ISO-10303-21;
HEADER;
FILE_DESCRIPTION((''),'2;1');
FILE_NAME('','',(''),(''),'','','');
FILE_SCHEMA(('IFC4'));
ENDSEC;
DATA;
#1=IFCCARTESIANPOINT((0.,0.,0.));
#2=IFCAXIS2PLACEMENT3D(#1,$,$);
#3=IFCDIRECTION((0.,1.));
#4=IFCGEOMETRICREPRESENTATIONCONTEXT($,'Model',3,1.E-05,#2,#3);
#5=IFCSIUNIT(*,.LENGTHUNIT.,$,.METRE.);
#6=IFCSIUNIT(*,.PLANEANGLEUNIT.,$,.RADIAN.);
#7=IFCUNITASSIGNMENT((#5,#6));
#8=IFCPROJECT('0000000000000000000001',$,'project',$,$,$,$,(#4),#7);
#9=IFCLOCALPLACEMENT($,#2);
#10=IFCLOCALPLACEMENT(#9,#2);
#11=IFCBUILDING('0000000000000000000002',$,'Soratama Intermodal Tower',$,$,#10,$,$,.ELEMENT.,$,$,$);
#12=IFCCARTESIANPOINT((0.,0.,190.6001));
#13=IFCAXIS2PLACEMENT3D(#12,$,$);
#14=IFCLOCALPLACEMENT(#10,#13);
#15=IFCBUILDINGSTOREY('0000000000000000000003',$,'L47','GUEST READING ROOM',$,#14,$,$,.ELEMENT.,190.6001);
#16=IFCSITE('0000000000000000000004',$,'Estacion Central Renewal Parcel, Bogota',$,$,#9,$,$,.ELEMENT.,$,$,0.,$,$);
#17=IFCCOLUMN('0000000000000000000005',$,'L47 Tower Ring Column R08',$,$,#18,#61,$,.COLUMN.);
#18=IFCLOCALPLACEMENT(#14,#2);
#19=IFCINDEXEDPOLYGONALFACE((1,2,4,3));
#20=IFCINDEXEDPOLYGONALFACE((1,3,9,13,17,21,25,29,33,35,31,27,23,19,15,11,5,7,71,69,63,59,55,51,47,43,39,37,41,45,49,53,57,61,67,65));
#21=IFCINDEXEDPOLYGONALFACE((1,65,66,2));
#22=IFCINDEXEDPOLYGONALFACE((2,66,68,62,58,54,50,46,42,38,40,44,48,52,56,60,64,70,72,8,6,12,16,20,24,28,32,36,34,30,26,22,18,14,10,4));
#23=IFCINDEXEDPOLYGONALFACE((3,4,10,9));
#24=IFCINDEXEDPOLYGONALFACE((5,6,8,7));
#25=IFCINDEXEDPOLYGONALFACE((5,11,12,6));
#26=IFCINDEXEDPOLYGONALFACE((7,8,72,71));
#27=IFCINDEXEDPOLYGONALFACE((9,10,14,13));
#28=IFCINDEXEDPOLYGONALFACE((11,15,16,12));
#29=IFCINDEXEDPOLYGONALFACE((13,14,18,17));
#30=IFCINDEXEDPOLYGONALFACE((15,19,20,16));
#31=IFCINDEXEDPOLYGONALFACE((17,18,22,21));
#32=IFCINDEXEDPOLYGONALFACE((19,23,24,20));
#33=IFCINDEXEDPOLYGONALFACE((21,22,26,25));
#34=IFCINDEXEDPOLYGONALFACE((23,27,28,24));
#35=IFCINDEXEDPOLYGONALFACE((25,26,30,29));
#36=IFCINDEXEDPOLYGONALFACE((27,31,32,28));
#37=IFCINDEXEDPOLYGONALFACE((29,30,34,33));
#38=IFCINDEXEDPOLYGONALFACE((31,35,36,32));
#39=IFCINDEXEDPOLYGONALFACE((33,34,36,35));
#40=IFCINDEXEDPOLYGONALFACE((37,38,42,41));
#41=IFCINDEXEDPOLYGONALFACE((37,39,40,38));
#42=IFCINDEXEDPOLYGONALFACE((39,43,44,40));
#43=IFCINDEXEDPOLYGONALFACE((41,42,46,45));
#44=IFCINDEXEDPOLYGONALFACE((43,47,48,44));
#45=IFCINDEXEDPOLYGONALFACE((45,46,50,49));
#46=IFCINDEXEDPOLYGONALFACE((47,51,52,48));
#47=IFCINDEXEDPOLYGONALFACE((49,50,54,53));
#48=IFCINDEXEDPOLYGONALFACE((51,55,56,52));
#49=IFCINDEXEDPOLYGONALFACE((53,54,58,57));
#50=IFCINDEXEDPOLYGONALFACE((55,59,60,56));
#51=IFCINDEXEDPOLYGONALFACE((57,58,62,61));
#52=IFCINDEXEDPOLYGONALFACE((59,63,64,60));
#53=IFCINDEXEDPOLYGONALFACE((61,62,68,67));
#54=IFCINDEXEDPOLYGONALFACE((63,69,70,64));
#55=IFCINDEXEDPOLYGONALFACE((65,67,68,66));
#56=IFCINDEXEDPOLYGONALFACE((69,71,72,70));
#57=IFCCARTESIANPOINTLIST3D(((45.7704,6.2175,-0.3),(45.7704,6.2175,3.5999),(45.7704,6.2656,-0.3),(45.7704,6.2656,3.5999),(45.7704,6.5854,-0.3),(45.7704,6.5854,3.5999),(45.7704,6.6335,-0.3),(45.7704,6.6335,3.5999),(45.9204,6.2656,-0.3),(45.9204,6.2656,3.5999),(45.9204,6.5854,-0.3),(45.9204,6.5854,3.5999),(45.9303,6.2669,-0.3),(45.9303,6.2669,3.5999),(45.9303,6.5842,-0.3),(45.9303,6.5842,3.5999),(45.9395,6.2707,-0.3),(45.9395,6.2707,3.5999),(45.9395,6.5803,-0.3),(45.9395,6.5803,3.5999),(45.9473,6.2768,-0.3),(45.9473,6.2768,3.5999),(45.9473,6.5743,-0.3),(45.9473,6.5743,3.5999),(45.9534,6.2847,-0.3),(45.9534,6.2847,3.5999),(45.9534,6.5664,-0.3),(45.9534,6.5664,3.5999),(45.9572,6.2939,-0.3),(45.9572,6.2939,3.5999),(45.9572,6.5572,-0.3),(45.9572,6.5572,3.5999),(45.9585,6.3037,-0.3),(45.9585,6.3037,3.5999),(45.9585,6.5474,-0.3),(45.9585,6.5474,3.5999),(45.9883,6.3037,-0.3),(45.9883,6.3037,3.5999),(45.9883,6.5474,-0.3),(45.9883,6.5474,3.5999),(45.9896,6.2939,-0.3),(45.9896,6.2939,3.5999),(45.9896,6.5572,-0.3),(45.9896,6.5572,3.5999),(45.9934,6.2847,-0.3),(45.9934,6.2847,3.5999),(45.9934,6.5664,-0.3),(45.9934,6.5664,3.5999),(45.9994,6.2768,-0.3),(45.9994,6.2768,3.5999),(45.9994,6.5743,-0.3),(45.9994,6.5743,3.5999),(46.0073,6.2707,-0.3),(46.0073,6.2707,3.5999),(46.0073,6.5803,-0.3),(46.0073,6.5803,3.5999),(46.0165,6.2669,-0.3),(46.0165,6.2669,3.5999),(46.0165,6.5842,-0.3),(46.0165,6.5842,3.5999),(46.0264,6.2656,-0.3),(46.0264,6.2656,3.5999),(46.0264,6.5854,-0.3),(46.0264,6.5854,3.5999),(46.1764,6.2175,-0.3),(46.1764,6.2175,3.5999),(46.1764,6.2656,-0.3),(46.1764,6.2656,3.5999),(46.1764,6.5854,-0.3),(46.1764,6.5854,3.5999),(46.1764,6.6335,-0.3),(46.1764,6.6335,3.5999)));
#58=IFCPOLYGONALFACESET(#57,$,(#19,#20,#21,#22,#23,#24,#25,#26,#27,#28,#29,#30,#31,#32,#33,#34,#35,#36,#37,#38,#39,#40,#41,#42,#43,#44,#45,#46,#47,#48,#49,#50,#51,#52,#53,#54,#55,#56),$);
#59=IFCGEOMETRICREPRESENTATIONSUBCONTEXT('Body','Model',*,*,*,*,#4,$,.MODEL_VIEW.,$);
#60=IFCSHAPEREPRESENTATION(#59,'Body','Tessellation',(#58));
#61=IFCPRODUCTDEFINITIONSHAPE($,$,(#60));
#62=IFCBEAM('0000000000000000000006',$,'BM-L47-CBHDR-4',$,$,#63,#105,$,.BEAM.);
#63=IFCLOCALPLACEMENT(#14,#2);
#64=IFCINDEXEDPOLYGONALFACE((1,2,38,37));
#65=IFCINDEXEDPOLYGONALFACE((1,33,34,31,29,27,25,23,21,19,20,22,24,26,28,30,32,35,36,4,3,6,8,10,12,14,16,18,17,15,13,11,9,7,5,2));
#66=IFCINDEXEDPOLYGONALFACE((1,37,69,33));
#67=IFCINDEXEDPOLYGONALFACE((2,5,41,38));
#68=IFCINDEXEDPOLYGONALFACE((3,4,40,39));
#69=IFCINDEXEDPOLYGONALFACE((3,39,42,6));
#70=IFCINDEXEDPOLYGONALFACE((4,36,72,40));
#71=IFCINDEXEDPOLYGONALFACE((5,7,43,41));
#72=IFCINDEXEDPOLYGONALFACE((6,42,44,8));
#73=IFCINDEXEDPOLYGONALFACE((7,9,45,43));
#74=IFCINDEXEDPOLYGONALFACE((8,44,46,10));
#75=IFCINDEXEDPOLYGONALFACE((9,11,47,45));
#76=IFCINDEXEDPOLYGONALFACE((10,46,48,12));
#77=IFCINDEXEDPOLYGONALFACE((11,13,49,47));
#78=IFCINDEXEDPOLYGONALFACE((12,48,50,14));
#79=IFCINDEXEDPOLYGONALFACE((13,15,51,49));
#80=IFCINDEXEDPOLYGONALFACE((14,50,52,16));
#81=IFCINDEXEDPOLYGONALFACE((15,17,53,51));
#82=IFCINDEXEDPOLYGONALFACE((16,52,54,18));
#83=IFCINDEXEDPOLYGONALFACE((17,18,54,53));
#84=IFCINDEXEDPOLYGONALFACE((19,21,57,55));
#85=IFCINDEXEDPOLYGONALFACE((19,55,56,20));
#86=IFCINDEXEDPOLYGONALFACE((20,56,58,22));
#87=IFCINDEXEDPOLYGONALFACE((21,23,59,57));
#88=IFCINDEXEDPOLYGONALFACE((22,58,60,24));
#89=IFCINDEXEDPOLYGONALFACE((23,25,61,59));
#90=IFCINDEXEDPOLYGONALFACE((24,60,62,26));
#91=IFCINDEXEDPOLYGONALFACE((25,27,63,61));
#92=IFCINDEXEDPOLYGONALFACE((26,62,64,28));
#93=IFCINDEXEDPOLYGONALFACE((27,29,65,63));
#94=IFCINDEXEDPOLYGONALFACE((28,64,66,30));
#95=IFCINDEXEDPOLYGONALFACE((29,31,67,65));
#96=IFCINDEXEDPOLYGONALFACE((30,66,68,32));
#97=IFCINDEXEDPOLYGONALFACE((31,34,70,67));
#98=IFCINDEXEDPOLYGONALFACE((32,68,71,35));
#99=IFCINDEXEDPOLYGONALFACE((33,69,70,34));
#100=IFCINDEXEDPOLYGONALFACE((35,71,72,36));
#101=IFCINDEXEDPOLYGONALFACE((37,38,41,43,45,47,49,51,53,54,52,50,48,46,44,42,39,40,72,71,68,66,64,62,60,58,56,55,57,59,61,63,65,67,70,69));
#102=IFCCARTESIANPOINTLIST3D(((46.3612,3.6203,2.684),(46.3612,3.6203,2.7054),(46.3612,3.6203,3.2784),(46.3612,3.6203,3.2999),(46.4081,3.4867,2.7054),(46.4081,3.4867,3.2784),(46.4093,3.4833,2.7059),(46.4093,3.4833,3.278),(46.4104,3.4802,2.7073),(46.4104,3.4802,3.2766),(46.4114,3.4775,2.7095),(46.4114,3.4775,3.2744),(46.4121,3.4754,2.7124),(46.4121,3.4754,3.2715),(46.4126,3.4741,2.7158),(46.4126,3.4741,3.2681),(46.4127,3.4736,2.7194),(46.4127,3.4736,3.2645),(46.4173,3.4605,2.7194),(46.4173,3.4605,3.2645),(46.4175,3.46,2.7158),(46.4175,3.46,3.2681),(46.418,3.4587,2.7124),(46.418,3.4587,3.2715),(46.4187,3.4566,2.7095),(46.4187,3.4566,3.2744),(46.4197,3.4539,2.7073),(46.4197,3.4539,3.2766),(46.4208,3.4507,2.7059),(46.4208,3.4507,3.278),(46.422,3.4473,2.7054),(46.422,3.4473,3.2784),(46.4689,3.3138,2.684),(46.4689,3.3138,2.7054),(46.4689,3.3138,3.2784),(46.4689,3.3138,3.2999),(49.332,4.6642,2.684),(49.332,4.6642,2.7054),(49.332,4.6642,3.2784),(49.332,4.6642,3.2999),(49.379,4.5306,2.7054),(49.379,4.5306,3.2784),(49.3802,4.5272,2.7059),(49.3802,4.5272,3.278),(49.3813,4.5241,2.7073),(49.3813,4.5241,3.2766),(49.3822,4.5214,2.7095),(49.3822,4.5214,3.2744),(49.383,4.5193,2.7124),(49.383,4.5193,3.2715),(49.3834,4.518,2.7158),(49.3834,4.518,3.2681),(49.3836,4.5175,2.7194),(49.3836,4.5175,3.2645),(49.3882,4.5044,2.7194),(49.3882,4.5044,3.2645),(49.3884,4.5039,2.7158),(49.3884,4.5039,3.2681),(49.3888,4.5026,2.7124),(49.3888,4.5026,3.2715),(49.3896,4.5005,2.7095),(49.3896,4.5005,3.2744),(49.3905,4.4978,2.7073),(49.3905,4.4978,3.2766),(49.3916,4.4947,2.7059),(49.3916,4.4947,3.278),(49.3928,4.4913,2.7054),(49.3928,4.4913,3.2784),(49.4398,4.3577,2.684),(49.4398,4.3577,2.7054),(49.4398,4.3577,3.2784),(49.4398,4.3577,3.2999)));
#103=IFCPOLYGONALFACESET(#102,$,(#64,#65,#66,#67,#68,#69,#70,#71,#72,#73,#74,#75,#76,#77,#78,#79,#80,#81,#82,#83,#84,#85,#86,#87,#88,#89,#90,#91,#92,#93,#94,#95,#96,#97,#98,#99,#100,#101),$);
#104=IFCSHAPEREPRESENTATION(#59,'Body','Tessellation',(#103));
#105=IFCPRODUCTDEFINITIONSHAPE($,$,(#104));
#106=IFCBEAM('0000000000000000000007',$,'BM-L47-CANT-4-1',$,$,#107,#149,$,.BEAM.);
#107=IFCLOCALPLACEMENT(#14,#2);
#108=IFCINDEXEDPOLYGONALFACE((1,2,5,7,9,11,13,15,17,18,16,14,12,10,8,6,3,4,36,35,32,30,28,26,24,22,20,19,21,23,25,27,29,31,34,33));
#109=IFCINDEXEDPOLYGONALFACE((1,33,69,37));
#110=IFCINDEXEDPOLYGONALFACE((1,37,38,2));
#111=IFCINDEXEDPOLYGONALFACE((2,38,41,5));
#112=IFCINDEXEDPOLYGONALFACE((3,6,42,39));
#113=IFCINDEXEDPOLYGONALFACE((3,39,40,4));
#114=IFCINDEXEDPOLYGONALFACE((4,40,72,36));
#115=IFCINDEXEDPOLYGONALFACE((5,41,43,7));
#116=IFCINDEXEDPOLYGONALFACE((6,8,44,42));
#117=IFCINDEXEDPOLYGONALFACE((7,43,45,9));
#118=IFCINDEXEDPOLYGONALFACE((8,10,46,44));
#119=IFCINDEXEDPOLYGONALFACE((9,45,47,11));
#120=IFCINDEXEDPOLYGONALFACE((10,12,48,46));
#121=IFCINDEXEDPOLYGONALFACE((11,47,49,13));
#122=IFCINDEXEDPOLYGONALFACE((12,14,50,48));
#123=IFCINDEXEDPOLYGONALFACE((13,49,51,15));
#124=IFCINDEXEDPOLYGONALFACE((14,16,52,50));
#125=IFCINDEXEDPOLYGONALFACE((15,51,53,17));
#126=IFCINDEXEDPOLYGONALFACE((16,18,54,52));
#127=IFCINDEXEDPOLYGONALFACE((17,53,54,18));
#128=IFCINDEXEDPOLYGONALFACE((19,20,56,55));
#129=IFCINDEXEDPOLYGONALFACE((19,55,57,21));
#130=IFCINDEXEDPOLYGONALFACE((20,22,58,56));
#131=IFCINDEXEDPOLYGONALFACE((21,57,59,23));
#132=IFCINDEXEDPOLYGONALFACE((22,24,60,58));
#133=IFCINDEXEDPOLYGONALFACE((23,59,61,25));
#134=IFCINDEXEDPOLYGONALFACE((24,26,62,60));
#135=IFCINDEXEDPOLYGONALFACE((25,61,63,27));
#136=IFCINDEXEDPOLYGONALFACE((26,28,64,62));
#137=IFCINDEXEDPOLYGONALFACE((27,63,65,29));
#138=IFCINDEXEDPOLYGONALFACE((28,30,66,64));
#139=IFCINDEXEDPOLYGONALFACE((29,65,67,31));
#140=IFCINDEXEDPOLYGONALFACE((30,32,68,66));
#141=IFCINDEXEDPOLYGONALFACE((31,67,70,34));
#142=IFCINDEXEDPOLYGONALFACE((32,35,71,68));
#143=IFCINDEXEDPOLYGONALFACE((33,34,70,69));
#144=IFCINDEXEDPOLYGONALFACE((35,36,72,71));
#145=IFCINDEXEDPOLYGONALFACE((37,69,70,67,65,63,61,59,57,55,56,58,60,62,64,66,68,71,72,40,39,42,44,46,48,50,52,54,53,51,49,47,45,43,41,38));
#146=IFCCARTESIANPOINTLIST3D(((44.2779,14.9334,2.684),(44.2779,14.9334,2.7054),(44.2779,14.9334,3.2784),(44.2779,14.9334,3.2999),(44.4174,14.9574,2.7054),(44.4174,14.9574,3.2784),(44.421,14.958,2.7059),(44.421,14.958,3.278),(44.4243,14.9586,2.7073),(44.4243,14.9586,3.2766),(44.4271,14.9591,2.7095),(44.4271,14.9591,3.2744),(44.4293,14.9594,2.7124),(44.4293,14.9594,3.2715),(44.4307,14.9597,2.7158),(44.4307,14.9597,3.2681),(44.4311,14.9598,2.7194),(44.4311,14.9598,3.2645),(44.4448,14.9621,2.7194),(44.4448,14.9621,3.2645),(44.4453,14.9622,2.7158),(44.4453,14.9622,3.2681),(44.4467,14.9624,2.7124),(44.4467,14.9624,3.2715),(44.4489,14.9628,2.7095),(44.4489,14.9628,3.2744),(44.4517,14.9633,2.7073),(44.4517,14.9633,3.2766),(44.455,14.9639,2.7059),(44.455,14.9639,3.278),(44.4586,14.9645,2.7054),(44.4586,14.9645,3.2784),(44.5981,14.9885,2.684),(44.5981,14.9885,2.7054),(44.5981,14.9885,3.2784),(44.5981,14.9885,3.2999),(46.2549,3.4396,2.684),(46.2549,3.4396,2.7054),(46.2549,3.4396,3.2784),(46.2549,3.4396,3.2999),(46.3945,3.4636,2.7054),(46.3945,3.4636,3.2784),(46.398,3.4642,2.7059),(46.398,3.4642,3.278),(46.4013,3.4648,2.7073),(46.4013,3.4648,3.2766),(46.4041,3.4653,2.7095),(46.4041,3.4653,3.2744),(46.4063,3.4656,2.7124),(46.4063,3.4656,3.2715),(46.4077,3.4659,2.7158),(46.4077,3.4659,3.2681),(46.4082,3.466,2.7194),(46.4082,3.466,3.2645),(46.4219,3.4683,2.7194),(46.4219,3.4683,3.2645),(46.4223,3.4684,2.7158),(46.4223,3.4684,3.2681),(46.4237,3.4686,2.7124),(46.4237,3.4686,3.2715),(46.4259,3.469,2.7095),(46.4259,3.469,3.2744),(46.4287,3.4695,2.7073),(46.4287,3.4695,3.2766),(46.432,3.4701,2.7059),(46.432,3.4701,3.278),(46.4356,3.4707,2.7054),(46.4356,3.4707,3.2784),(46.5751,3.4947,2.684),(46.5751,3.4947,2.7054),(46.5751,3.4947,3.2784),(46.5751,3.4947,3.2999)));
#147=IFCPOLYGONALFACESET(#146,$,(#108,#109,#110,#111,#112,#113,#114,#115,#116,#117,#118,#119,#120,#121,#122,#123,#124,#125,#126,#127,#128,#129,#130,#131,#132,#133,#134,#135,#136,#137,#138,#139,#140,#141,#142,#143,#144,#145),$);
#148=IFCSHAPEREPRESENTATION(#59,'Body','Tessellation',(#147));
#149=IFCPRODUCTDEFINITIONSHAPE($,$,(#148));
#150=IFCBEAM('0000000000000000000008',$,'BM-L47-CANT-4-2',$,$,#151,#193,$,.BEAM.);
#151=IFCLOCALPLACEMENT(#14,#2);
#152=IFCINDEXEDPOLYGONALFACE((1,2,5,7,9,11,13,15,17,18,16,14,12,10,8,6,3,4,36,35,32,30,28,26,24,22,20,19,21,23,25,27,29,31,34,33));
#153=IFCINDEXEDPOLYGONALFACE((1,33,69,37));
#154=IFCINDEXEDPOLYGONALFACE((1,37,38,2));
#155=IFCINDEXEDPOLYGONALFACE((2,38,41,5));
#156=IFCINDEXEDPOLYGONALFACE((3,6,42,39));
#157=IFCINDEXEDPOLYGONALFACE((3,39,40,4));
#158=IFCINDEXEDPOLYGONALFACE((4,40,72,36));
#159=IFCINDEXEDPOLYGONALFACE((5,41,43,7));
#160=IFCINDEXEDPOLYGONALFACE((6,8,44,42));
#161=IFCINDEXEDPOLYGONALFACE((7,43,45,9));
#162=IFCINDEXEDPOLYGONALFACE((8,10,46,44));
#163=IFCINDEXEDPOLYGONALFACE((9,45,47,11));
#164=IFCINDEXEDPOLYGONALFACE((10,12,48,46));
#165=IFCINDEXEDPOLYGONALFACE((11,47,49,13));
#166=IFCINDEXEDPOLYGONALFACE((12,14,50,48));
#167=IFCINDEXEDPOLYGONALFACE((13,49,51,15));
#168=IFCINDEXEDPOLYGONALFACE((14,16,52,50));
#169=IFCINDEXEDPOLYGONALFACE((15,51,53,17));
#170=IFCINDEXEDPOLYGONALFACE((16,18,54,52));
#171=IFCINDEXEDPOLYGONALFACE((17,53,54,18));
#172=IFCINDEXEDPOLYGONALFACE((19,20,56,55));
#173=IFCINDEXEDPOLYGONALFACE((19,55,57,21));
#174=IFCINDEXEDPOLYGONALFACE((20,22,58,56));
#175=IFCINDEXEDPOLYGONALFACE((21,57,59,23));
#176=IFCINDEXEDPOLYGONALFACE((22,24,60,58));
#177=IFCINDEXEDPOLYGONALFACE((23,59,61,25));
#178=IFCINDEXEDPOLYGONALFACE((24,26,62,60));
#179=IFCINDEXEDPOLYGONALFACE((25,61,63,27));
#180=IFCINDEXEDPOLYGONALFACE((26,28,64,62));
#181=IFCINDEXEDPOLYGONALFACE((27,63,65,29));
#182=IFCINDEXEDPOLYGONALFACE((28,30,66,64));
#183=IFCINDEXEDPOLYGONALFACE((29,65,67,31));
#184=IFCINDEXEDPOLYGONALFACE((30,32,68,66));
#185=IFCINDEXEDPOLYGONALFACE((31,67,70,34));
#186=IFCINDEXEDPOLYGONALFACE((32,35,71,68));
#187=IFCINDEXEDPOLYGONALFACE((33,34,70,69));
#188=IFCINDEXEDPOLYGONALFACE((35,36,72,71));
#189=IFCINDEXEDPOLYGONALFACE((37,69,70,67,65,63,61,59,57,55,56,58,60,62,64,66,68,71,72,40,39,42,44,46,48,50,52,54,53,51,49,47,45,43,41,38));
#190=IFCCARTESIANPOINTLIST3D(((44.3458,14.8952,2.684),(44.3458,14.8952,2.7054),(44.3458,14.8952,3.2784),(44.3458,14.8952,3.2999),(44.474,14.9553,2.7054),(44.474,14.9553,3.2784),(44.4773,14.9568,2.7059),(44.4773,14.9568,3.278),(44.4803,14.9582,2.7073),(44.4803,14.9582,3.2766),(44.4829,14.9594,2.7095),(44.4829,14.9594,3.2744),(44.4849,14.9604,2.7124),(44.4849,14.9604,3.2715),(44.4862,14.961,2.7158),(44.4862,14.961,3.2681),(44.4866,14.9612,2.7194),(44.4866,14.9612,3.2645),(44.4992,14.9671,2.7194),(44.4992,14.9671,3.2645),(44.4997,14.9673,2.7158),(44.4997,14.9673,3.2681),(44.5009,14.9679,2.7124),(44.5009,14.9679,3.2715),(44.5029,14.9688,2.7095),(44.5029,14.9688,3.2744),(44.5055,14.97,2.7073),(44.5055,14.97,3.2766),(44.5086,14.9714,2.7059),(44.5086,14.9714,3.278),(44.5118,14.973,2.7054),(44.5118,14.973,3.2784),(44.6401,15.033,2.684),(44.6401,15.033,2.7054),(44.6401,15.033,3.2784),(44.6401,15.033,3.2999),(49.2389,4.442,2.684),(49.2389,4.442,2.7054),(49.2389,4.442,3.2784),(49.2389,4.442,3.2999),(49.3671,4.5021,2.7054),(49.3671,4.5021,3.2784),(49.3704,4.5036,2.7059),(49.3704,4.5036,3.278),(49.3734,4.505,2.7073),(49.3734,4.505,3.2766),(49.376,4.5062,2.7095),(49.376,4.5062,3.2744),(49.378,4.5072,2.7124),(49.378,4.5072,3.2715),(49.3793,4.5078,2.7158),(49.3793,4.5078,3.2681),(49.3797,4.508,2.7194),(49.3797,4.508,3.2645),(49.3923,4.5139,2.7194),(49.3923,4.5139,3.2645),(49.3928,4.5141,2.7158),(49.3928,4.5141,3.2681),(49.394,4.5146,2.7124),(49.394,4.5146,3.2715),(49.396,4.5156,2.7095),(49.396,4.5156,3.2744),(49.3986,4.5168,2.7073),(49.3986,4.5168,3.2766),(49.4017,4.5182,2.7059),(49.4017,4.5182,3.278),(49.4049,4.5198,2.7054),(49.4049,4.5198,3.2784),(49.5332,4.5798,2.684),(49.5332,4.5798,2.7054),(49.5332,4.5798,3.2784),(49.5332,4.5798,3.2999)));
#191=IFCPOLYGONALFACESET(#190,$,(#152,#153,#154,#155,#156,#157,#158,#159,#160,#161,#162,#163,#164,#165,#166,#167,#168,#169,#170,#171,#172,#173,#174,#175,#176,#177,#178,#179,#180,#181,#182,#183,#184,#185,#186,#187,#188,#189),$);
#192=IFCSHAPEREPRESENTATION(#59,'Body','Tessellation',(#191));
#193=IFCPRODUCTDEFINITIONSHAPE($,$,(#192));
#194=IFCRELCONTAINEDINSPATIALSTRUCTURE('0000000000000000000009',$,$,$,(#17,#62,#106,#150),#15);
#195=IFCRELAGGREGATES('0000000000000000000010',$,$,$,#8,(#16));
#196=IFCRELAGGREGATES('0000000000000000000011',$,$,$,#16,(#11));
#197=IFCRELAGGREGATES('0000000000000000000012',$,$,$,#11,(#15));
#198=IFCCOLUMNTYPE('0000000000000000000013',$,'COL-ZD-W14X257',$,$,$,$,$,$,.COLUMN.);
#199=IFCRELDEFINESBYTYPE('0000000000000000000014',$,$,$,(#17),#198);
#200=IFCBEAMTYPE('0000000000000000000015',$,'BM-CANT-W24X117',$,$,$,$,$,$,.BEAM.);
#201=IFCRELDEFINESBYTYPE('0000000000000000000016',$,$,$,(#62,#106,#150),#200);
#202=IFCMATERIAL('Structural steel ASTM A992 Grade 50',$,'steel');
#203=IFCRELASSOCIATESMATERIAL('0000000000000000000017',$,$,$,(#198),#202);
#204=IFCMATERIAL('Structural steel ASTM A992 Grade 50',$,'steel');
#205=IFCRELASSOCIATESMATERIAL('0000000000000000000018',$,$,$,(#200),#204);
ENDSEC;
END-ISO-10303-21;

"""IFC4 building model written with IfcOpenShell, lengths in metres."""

from ifc_helpers import new_model, si_unit, direction, frame, origin, origin_2d, place, context, subcontext, project, spatial, i_section, extrude, material, material_profile, profile_set, type_object, element, save


model = new_model("IFC4")

# Units and contexts
model_context = context("Model", 3, precision=1e-05, world=origin(), true_north=direction((0.0, 1.0)))
body_context = subcontext(model_context, "Body", "Model", "MODEL_VIEW")
ifc_project = project(units=[si_unit("LENGTHUNIT", "METRE"), si_unit("PLANEANGLEUNIT", "RADIAN")], contexts=[model_context])

# Site, building, storey
site_placement = place(None, origin())
site = spatial("IfcSite", under=ifc_project, at=site_placement, Name="Estacion Central Renewal Parcel, Bogota", CompositionType="ELEMENT", RefElevation=0.0)
building_placement = place(site_placement, origin())
building = spatial("IfcBuilding", under=site, at=building_placement, Name="Soratama Intermodal Tower", CompositionType="ELEMENT")
storey_placement = place(building_placement, frame((0.0, 0.0, 190.6001)))
storey = spatial("IfcBuildingStorey", under=building, at=storey_placement, Name="L47", Description="GUEST READING ROOM", CompositionType="ELEMENT", Elevation=190.6001)

# Column
ifc_material_1 = material(Name="Structural steel ASTM A992 Grade 50", Category="steel")
ifc_material_profile_1 = material_profile(ifc_material_1, i_section(OverallWidth=0.406, OverallDepth=0.416, WebThickness=0.0298, FlangeThickness=0.0481, FilletRadius=0.0381, at=origin_2d()), Name="W14X257")
ifc_profile_set_1 = profile_set([ifc_material_profile_1], Name="Structural steel ASTM A992 Grade 50")
column_type = type_object("IfcColumnType", Name="COL-ZD-W14X257", PredefinedType="COLUMN", material=ifc_profile_set_1)
column_placement = place(storey_placement, frame((45.9734, 6.4255, -0.3), z_axis=(0.0, 0.0, 1.0), x_axis=(1.0, 0.0, 0.0)))
element("IfcColumn", 1, at=column_placement, inside=storey, type_object=column_type, Name="L47 Tower Ring Column R08", PredefinedType="COLUMN", context=body_context, shape_type="SweptSolid", body=[
    extrude(i_section(OverallWidth=0.406, OverallDepth=0.416, WebThickness=0.0298, FlangeThickness=0.0481, FilletRadius=0.0381, at=origin_2d()), origin(), (0.0, 0.0, 1.0), 3.8999),
])

# Beams
ifc_material_2 = material(Name="Structural steel ASTM A992 Grade 50", Category="steel")
ifc_material_profile_2 = material_profile(ifc_material_2, i_section(OverallWidth=0.325, OverallDepth=0.616, WebThickness=0.0139, FlangeThickness=0.0215, FilletRadius=0.0139, at=origin_2d()), Name="W24X117")
ifc_profile_set_2 = profile_set([ifc_material_profile_2], Name="Structural steel ASTM A992 Grade 50")
beam_type_1 = type_object("IfcBeamType", Name="BM-CANT-W24X117", PredefinedType="BEAM", material=ifc_profile_set_2)
beam_1_placement = place(storey_placement, frame((46.415, 3.467, 2.9919), z_axis=(0.94345, 0.331514, 0.0), x_axis=(-0.331514, 0.94345, 0.0)))
element("IfcBeam", 2, at=beam_1_placement, inside=storey, type_object=beam_type_1, Name="BM-L47-CBHDR-4", PredefinedType="BEAM", context=body_context, shape_type="SweptSolid", body=[
    extrude(i_section(OverallWidth=0.325, OverallDepth=0.616, WebThickness=0.0139, FlangeThickness=0.0215, FilletRadius=0.0139, at=origin_2d()), origin(), (0.0, 0.0, 1.0), 3.1489),
])
beam_2_placement = place(storey_placement, frame((44.438, 14.9609, 2.9919), z_axis=(0.169519, -0.985527, 0.0), x_axis=(0.985527, 0.169519, 0.0)))
element("IfcBeam", 3, at=beam_2_placement, inside=storey, type_object=beam_type_1, Name="BM-L47-CANT-4-1", PredefinedType="BEAM", context=body_context, shape_type="SweptSolid", body=[
    extrude(i_section(OverallWidth=0.325, OverallDepth=0.616, WebThickness=0.0139, FlangeThickness=0.0215, FilletRadius=0.0139, at=origin_2d()), origin(), (0.0, 0.0, 1.0), 11.6626),
])
beam_3_placement = place(storey_placement, frame((44.4929, 14.9641, 2.9919), z_axis=(0.423948, -0.905686, 0.0), x_axis=(0.905686, 0.423948, 0.0)))
element("IfcBeam", 4, at=beam_3_placement, inside=storey, type_object=beam_type_1, Name="BM-L47-CANT-4-2", PredefinedType="BEAM", context=body_context, shape_type="SweptSolid", body=[
    extrude(i_section(OverallWidth=0.325, OverallDepth=0.616, WebThickness=0.0139, FlangeThickness=0.0215, FilletRadius=0.0139, at=origin_2d()), origin(), (0.0, 0.0, 1.0), 11.5417),
])

save(model, "model.ifc")
